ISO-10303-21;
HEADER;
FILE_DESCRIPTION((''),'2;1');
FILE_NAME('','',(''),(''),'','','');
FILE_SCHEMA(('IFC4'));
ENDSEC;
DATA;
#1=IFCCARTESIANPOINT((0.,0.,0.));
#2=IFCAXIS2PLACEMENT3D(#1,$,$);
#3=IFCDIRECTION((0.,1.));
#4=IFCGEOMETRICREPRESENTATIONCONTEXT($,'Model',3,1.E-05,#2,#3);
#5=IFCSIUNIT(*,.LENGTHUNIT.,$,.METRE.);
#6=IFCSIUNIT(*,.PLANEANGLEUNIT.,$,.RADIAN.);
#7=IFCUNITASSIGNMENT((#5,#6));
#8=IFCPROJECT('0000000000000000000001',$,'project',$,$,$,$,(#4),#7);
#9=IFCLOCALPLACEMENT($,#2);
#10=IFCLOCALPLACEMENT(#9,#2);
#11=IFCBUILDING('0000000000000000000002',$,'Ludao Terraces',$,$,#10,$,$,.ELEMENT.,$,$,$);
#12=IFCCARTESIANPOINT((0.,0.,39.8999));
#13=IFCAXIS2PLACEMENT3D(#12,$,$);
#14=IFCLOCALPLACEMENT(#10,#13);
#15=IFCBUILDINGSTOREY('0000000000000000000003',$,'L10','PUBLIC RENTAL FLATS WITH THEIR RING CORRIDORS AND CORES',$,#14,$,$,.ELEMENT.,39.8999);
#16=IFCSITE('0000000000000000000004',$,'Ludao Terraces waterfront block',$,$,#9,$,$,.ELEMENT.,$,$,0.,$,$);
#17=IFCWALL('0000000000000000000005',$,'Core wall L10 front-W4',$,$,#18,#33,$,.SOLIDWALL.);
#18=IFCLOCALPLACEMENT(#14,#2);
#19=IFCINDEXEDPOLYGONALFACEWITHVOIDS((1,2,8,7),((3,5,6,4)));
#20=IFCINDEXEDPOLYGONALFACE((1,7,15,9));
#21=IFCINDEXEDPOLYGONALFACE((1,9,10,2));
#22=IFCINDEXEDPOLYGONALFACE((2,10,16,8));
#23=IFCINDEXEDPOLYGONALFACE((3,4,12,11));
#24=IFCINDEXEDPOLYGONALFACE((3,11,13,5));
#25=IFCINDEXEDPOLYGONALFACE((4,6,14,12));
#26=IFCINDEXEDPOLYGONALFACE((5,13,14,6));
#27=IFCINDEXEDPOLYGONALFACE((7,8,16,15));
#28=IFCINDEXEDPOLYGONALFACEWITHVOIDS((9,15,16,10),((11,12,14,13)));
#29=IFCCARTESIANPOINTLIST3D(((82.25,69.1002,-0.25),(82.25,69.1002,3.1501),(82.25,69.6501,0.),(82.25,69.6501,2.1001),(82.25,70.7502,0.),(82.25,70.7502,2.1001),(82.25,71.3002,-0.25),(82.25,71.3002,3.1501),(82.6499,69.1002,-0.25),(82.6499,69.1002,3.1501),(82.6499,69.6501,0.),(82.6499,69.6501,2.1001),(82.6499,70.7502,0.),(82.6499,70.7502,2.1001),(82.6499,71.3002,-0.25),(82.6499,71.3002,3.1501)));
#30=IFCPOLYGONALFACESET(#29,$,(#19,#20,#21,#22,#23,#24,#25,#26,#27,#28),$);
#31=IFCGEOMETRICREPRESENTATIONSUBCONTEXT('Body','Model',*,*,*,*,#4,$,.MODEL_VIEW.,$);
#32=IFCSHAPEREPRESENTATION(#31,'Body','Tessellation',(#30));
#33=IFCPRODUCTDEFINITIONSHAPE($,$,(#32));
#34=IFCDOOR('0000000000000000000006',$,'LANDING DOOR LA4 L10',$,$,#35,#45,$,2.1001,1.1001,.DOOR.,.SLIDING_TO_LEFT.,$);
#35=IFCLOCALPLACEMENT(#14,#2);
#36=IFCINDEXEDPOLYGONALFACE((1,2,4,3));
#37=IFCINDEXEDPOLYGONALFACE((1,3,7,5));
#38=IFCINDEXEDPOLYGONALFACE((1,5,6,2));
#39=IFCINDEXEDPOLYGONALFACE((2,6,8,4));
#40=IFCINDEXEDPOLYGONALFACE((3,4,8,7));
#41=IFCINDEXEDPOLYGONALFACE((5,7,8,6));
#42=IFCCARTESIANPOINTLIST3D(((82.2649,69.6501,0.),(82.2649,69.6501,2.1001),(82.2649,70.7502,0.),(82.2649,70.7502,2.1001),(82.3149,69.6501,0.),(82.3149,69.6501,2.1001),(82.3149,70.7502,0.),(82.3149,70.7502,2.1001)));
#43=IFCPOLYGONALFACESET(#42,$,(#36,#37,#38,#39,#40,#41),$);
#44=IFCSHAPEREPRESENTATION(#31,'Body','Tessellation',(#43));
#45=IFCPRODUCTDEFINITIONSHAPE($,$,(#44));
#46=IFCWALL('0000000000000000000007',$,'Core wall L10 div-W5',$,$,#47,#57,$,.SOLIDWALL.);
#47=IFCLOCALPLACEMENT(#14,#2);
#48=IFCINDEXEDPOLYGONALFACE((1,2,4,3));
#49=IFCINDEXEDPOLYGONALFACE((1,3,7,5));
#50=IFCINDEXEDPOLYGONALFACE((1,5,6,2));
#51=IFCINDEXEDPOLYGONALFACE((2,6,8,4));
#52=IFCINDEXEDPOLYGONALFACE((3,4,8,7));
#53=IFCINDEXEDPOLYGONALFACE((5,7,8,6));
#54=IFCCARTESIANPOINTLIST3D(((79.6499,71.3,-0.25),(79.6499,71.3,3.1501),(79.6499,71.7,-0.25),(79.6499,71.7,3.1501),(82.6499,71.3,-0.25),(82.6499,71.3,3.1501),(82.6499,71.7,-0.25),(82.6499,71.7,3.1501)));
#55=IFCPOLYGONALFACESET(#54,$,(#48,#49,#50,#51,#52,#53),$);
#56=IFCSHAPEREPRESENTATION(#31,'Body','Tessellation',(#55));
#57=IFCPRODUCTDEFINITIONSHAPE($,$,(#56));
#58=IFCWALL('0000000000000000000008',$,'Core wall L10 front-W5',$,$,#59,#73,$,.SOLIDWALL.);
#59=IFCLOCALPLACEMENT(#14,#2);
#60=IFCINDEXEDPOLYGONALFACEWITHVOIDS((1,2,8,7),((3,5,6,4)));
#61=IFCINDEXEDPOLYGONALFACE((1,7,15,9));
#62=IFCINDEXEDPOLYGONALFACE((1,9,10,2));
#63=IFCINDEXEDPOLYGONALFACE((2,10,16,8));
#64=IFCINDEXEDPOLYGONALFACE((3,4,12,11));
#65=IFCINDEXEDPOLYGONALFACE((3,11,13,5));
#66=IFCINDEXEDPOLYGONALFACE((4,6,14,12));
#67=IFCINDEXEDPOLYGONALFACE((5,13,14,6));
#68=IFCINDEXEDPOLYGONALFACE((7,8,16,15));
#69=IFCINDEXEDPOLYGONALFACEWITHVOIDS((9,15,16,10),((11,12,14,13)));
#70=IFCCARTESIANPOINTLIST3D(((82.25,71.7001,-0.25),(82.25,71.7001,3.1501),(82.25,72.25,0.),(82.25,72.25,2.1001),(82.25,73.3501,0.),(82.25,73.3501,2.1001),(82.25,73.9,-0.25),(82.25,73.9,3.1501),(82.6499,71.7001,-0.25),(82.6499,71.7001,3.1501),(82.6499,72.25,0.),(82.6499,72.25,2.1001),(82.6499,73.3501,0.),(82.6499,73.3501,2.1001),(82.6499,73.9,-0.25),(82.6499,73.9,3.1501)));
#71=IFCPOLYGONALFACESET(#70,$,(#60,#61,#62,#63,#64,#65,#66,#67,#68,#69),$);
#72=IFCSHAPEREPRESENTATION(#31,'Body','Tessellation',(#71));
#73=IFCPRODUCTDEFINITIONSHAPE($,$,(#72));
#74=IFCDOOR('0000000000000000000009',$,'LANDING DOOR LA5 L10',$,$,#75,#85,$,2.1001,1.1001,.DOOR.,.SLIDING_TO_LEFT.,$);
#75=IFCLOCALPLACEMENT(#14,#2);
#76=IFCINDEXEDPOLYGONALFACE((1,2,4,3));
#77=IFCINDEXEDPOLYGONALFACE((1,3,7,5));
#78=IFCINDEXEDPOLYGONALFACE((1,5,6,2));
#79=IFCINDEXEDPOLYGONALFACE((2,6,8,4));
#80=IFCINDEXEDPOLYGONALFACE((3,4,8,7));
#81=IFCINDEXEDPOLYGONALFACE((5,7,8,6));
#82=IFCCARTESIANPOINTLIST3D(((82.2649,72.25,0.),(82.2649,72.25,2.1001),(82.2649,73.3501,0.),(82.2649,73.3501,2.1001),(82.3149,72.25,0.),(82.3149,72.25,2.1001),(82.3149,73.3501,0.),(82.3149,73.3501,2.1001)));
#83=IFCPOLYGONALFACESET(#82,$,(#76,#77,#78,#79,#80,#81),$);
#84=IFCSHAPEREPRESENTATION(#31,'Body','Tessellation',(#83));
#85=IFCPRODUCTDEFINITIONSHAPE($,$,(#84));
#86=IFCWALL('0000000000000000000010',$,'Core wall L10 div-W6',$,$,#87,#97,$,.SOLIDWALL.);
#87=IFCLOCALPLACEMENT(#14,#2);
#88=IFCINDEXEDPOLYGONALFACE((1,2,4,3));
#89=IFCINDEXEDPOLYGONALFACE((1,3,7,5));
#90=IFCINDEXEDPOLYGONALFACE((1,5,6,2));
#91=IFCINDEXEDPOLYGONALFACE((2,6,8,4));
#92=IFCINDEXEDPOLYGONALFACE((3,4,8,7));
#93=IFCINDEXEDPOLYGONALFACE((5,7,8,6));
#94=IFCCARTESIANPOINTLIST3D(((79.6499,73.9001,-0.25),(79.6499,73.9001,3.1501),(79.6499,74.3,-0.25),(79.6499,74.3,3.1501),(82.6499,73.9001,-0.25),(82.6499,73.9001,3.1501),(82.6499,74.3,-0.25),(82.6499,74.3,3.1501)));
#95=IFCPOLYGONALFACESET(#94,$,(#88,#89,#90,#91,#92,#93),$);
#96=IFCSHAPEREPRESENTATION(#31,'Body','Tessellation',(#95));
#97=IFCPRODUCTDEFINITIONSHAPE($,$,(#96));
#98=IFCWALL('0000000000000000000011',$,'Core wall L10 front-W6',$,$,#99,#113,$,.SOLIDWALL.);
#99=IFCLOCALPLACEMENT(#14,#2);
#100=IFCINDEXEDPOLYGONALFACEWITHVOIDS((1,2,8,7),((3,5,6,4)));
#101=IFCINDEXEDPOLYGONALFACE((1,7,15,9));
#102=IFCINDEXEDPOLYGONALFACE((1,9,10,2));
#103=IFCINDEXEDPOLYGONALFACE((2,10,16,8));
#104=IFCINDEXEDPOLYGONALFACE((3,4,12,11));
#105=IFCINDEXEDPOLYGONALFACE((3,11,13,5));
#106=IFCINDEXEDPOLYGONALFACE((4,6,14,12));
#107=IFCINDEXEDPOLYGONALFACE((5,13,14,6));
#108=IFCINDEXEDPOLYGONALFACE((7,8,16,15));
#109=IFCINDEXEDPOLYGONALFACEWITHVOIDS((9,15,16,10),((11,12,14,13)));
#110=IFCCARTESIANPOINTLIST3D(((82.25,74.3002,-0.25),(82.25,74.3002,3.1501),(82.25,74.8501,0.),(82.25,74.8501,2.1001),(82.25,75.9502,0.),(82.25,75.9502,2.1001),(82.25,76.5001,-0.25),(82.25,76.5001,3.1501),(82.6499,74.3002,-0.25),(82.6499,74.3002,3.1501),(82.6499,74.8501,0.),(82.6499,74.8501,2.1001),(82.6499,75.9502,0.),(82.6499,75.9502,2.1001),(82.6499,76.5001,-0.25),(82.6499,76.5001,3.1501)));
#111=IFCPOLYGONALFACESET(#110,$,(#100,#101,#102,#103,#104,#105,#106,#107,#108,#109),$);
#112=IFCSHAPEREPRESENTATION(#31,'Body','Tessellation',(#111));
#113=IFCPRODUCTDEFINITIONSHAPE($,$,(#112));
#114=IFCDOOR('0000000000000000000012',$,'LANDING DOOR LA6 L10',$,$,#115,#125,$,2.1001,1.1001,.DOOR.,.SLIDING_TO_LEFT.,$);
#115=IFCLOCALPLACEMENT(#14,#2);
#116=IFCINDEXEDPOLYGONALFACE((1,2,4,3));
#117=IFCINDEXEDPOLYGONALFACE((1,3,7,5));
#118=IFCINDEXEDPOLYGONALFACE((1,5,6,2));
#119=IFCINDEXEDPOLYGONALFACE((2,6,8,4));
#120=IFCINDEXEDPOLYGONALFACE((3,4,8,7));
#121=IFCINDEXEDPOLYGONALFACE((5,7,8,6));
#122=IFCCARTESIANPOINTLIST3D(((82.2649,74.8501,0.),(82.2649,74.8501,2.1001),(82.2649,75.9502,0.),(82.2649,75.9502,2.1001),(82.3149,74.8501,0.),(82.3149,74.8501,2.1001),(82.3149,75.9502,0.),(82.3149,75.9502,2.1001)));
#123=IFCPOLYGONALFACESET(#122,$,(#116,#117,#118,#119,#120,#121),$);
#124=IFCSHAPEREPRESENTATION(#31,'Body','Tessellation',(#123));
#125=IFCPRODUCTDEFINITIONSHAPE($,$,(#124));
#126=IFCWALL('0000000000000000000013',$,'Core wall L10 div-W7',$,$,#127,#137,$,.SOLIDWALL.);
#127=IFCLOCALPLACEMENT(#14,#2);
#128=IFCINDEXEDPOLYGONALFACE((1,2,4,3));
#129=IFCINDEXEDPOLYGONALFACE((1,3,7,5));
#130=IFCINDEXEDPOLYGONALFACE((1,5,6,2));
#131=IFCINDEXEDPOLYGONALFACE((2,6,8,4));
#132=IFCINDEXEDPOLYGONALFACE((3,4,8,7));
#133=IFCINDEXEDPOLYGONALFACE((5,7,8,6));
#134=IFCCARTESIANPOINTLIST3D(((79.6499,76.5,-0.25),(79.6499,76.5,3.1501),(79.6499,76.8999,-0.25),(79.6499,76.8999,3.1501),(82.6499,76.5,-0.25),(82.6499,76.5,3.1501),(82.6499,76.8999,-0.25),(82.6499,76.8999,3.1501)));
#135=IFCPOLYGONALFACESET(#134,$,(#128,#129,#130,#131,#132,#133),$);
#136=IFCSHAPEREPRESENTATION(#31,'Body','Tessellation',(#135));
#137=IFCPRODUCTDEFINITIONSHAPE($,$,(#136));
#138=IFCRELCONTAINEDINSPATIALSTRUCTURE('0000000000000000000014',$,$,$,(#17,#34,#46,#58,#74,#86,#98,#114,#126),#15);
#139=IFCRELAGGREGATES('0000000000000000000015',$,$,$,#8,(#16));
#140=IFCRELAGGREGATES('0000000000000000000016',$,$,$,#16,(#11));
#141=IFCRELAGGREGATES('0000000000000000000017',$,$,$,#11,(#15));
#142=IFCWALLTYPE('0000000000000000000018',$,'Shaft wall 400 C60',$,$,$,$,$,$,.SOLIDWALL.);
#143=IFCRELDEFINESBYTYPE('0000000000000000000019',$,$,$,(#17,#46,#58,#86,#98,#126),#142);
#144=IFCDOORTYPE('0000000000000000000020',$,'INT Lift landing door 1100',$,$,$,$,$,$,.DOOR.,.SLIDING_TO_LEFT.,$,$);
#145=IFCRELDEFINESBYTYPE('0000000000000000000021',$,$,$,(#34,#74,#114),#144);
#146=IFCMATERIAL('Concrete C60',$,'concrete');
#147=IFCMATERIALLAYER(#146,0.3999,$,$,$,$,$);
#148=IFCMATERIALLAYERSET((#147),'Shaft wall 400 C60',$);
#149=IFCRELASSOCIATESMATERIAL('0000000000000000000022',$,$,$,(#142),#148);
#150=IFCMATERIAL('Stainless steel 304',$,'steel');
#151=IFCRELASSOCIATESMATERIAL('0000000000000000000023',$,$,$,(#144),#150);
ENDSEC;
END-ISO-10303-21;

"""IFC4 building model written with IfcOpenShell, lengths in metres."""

from ifc_helpers import new_model, si_unit, direction, frame, frame_2d, origin, place, context, subcontext, project, spatial, rectangle, extrude, material, layer, layer_set, type_object, element, fill, save


model = new_model("IFC4")

# Units and contexts
model_context = context("Model", 3, precision=1e-05, world=origin(), true_north=direction((0.0, 1.0)))
body_context = subcontext(model_context, "Body", "Model", "MODEL_VIEW")
ifc_project = project(units=[si_unit("LENGTHUNIT", "METRE"), si_unit("PLANEANGLEUNIT", "RADIAN")], contexts=[model_context])

# Site, building, storey
site_placement = place(None, origin())
site = spatial("IfcSite", under=ifc_project, at=site_placement, Name="Ludao Terraces waterfront block", CompositionType="ELEMENT", RefElevation=0.0)
building_placement = place(site_placement, origin())
building = spatial("IfcBuilding", under=site, at=building_placement, Name="Ludao Terraces", CompositionType="ELEMENT")
storey_placement = place(building_placement, frame((0.0, 0.0, 39.8999)))
storey = spatial("IfcBuildingStorey", under=building, at=storey_placement, Name="L10", Description="PUBLIC RENTAL FLATS WITH THEIR RING CORRIDORS AND CORES", CompositionType="ELEMENT", Elevation=39.8999)

# Shared definitions
ifc_material_1 = material(Name="Concrete C60", Category="concrete")
ifc_layer_1 = layer(ifc_material_1, 0.3999)
ifc_layer_set_1 = layer_set([ifc_layer_1], Name="Shaft wall 400 C60")
wall_type_1 = type_object("IfcWallType", Name="Shaft wall 400 C60", PredefinedType="SOLIDWALL", material=ifc_layer_set_1)

# Shared definitions
ifc_material_2 = material(Name="Stainless steel 304", Category="steel")
door_type_1 = type_object("IfcDoorType", Name="INT Lift landing door 1100", OperationType="SLIDING_TO_LEFT", PredefinedType="DOOR", material=ifc_material_2)

# Wall, opening, door
wall_1_placement = place(storey_placement, frame((82.45, 69.1001, -0.25), z_axis=(0.0, 0.0, 1.0), x_axis=(0.0, 1.0, 0.0)))
wall_1 = element("IfcWall", 1, at=wall_1_placement, inside=storey, type_object=wall_type_1, Name="Core wall L10 front-W4", PredefinedType="SOLIDWALL", context=body_context, shape_type="SweptSolid", body=[
    extrude(rectangle(XDim=2.2, YDim=0.3999, at=frame_2d((1.1001, 0.0))), origin(), (0.0, 0.0, 1.0), 3.4001),
])
opening_1_placement = place(wall_1_placement, frame((0.55, 0.0, 0.25)))
opening_1 = element("IfcOpeningElement", 2, at=opening_1_placement, cuts=wall_1, PredefinedType="OPENING", context=body_context, shape_type="SweptSolid", body=[
    extrude(rectangle(XDim=1.1001, YDim=2.1001, at=frame_2d((0.55, 1.05))), frame((0.0, 0.21, 0.0), z_axis=(0.0, -1.0, 0.0), x_axis=(1.0, 0.0, 0.0)), (0.0, 0.0, 1.0), 0.4199),
])
door_1_placement = place(opening_1_placement, origin())
door_1 = element("IfcDoor", 3, at=door_1_placement, inside=storey, type_object=door_type_1, Name="LANDING DOOR LA4 L10", OperationType="SLIDING_TO_LEFT", OverallHeight=2.1001, OverallWidth=1.1001, PredefinedType="DOOR", context=body_context, shape_type="SweptSolid", body=[
    extrude(rectangle(XDim=1.1001, YDim=2.1001, at=frame_2d((0.55, 1.05))), frame((0.0, 0.1851, 0.0), z_axis=(0.0, -1.0, 0.0), x_axis=(1.0, 0.0, 0.0)), (0.0, 0.0, 1.0), 0.05),
])
fill(opening_1, door_1)

# Wall
wall_2_placement = place(storey_placement, frame((79.6499, 71.5, -0.25), z_axis=(0.0, 0.0, 1.0), x_axis=(1.0, 0.0, 0.0)))
element("IfcWall", 4, at=wall_2_placement, inside=storey, type_object=wall_type_1, Name="Core wall L10 div-W5", PredefinedType="SOLIDWALL", context=body_context, shape_type="SweptSolid", body=[
    extrude(rectangle(XDim=3.0, YDim=0.3999, at=frame_2d((1.5, 0.0))), origin(), (0.0, 0.0, 1.0), 3.4001),
])

# Wall, opening, door
wall_3_placement = place(storey_placement, frame((82.45, 71.7, -0.25), z_axis=(0.0, 0.0, 1.0), x_axis=(0.0, 1.0, 0.0)))
wall_3 = element("IfcWall", 5, at=wall_3_placement, inside=storey, type_object=wall_type_1, Name="Core wall L10 front-W5", PredefinedType="SOLIDWALL", context=body_context, shape_type="SweptSolid", body=[
    extrude(rectangle(XDim=2.2, YDim=0.3999, at=frame_2d((1.1001, 0.0))), origin(), (0.0, 0.0, 1.0), 3.4001),
])
opening_2_placement = place(wall_3_placement, frame((0.55, 0.0, 0.25)))
opening_2 = element("IfcOpeningElement", 6, at=opening_2_placement, cuts=wall_3, PredefinedType="OPENING", context=body_context, shape_type="SweptSolid", body=[
    extrude(rectangle(XDim=1.1001, YDim=2.1001, at=frame_2d((0.55, 1.05))), frame((0.0, 0.21, 0.0), z_axis=(0.0, -1.0, 0.0), x_axis=(1.0, 0.0, 0.0)), (0.0, 0.0, 1.0), 0.4199),
])
door_2_placement = place(opening_2_placement, origin())
door_2 = element("IfcDoor", 7, at=door_2_placement, inside=storey, type_object=door_type_1, Name="LANDING DOOR LA5 L10", OperationType="SLIDING_TO_LEFT", OverallHeight=2.1001, OverallWidth=1.1001, PredefinedType="DOOR", context=body_context, shape_type="SweptSolid", body=[
    extrude(rectangle(XDim=1.1001, YDim=2.1001, at=frame_2d((0.55, 1.05))), frame((0.0, 0.1851, 0.0), z_axis=(0.0, -1.0, 0.0), x_axis=(1.0, 0.0, 0.0)), (0.0, 0.0, 1.0), 0.05),
])
fill(opening_2, door_2)

# Wall
wall_4_placement = place(storey_placement, frame((79.6499, 74.1001, -0.25), z_axis=(0.0, 0.0, 1.0), x_axis=(1.0, 0.0, 0.0)))
element("IfcWall", 8, at=wall_4_placement, inside=storey, type_object=wall_type_1, Name="Core wall L10 div-W6", PredefinedType="SOLIDWALL", context=body_context, shape_type="SweptSolid", body=[
    extrude(rectangle(XDim=3.0, YDim=0.3999, at=frame_2d((1.5, 0.0))), origin(), (0.0, 0.0, 1.0), 3.4001),
])

# Wall, opening, door
wall_5_placement = place(storey_placement, frame((82.45, 74.3, -0.25), z_axis=(0.0, 0.0, 1.0), x_axis=(0.0, 1.0, 0.0)))
wall_5 = element("IfcWall", 9, at=wall_5_placement, inside=storey, type_object=wall_type_1, Name="Core wall L10 front-W6", PredefinedType="SOLIDWALL", context=body_context, shape_type="SweptSolid", body=[
    extrude(rectangle(XDim=2.2, YDim=0.3999, at=frame_2d((1.1001, 0.0))), origin(), (0.0, 0.0, 1.0), 3.4001),
])
opening_3_placement = place(wall_5_placement, frame((0.55, 0.0, 0.25)))
opening_3 = element("IfcOpeningElement", 10, at=opening_3_placement, cuts=wall_5, PredefinedType="OPENING", context=body_context, shape_type="SweptSolid", body=[
    extrude(rectangle(XDim=1.1001, YDim=2.1001, at=frame_2d((0.55, 1.05))), frame((0.0, 0.21, 0.0), z_axis=(0.0, -1.0, 0.0), x_axis=(1.0, 0.0, 0.0)), (0.0, 0.0, 1.0), 0.4199),
])
door_3_placement = place(opening_3_placement, origin())
door_3 = element("IfcDoor", 11, at=door_3_placement, inside=storey, type_object=door_type_1, Name="LANDING DOOR LA6 L10", OperationType="SLIDING_TO_LEFT", OverallHeight=2.1001, OverallWidth=1.1001, PredefinedType="DOOR", context=body_context, shape_type="SweptSolid", body=[
    extrude(rectangle(XDim=1.1001, YDim=2.1001, at=frame_2d((0.55, 1.05))), frame((0.0, 0.1851, 0.0), z_axis=(0.0, -1.0, 0.0), x_axis=(1.0, 0.0, 0.0)), (0.0, 0.0, 1.0), 0.05),
])
fill(opening_3, door_3)

# Wall
wall_6_placement = place(storey_placement, frame((79.6499, 76.7, -0.25), z_axis=(0.0, 0.0, 1.0), x_axis=(1.0, 0.0, 0.0)))
element("IfcWall", 12, at=wall_6_placement, inside=storey, type_object=wall_type_1, Name="Core wall L10 div-W7", PredefinedType="SOLIDWALL", context=body_context, shape_type="SweptSolid", body=[
    extrude(rectangle(XDim=3.0, YDim=0.3999, at=frame_2d((1.5, 0.0))), origin(), (0.0, 0.0, 1.0), 3.4001),
])

save(model, "model.ifc")
